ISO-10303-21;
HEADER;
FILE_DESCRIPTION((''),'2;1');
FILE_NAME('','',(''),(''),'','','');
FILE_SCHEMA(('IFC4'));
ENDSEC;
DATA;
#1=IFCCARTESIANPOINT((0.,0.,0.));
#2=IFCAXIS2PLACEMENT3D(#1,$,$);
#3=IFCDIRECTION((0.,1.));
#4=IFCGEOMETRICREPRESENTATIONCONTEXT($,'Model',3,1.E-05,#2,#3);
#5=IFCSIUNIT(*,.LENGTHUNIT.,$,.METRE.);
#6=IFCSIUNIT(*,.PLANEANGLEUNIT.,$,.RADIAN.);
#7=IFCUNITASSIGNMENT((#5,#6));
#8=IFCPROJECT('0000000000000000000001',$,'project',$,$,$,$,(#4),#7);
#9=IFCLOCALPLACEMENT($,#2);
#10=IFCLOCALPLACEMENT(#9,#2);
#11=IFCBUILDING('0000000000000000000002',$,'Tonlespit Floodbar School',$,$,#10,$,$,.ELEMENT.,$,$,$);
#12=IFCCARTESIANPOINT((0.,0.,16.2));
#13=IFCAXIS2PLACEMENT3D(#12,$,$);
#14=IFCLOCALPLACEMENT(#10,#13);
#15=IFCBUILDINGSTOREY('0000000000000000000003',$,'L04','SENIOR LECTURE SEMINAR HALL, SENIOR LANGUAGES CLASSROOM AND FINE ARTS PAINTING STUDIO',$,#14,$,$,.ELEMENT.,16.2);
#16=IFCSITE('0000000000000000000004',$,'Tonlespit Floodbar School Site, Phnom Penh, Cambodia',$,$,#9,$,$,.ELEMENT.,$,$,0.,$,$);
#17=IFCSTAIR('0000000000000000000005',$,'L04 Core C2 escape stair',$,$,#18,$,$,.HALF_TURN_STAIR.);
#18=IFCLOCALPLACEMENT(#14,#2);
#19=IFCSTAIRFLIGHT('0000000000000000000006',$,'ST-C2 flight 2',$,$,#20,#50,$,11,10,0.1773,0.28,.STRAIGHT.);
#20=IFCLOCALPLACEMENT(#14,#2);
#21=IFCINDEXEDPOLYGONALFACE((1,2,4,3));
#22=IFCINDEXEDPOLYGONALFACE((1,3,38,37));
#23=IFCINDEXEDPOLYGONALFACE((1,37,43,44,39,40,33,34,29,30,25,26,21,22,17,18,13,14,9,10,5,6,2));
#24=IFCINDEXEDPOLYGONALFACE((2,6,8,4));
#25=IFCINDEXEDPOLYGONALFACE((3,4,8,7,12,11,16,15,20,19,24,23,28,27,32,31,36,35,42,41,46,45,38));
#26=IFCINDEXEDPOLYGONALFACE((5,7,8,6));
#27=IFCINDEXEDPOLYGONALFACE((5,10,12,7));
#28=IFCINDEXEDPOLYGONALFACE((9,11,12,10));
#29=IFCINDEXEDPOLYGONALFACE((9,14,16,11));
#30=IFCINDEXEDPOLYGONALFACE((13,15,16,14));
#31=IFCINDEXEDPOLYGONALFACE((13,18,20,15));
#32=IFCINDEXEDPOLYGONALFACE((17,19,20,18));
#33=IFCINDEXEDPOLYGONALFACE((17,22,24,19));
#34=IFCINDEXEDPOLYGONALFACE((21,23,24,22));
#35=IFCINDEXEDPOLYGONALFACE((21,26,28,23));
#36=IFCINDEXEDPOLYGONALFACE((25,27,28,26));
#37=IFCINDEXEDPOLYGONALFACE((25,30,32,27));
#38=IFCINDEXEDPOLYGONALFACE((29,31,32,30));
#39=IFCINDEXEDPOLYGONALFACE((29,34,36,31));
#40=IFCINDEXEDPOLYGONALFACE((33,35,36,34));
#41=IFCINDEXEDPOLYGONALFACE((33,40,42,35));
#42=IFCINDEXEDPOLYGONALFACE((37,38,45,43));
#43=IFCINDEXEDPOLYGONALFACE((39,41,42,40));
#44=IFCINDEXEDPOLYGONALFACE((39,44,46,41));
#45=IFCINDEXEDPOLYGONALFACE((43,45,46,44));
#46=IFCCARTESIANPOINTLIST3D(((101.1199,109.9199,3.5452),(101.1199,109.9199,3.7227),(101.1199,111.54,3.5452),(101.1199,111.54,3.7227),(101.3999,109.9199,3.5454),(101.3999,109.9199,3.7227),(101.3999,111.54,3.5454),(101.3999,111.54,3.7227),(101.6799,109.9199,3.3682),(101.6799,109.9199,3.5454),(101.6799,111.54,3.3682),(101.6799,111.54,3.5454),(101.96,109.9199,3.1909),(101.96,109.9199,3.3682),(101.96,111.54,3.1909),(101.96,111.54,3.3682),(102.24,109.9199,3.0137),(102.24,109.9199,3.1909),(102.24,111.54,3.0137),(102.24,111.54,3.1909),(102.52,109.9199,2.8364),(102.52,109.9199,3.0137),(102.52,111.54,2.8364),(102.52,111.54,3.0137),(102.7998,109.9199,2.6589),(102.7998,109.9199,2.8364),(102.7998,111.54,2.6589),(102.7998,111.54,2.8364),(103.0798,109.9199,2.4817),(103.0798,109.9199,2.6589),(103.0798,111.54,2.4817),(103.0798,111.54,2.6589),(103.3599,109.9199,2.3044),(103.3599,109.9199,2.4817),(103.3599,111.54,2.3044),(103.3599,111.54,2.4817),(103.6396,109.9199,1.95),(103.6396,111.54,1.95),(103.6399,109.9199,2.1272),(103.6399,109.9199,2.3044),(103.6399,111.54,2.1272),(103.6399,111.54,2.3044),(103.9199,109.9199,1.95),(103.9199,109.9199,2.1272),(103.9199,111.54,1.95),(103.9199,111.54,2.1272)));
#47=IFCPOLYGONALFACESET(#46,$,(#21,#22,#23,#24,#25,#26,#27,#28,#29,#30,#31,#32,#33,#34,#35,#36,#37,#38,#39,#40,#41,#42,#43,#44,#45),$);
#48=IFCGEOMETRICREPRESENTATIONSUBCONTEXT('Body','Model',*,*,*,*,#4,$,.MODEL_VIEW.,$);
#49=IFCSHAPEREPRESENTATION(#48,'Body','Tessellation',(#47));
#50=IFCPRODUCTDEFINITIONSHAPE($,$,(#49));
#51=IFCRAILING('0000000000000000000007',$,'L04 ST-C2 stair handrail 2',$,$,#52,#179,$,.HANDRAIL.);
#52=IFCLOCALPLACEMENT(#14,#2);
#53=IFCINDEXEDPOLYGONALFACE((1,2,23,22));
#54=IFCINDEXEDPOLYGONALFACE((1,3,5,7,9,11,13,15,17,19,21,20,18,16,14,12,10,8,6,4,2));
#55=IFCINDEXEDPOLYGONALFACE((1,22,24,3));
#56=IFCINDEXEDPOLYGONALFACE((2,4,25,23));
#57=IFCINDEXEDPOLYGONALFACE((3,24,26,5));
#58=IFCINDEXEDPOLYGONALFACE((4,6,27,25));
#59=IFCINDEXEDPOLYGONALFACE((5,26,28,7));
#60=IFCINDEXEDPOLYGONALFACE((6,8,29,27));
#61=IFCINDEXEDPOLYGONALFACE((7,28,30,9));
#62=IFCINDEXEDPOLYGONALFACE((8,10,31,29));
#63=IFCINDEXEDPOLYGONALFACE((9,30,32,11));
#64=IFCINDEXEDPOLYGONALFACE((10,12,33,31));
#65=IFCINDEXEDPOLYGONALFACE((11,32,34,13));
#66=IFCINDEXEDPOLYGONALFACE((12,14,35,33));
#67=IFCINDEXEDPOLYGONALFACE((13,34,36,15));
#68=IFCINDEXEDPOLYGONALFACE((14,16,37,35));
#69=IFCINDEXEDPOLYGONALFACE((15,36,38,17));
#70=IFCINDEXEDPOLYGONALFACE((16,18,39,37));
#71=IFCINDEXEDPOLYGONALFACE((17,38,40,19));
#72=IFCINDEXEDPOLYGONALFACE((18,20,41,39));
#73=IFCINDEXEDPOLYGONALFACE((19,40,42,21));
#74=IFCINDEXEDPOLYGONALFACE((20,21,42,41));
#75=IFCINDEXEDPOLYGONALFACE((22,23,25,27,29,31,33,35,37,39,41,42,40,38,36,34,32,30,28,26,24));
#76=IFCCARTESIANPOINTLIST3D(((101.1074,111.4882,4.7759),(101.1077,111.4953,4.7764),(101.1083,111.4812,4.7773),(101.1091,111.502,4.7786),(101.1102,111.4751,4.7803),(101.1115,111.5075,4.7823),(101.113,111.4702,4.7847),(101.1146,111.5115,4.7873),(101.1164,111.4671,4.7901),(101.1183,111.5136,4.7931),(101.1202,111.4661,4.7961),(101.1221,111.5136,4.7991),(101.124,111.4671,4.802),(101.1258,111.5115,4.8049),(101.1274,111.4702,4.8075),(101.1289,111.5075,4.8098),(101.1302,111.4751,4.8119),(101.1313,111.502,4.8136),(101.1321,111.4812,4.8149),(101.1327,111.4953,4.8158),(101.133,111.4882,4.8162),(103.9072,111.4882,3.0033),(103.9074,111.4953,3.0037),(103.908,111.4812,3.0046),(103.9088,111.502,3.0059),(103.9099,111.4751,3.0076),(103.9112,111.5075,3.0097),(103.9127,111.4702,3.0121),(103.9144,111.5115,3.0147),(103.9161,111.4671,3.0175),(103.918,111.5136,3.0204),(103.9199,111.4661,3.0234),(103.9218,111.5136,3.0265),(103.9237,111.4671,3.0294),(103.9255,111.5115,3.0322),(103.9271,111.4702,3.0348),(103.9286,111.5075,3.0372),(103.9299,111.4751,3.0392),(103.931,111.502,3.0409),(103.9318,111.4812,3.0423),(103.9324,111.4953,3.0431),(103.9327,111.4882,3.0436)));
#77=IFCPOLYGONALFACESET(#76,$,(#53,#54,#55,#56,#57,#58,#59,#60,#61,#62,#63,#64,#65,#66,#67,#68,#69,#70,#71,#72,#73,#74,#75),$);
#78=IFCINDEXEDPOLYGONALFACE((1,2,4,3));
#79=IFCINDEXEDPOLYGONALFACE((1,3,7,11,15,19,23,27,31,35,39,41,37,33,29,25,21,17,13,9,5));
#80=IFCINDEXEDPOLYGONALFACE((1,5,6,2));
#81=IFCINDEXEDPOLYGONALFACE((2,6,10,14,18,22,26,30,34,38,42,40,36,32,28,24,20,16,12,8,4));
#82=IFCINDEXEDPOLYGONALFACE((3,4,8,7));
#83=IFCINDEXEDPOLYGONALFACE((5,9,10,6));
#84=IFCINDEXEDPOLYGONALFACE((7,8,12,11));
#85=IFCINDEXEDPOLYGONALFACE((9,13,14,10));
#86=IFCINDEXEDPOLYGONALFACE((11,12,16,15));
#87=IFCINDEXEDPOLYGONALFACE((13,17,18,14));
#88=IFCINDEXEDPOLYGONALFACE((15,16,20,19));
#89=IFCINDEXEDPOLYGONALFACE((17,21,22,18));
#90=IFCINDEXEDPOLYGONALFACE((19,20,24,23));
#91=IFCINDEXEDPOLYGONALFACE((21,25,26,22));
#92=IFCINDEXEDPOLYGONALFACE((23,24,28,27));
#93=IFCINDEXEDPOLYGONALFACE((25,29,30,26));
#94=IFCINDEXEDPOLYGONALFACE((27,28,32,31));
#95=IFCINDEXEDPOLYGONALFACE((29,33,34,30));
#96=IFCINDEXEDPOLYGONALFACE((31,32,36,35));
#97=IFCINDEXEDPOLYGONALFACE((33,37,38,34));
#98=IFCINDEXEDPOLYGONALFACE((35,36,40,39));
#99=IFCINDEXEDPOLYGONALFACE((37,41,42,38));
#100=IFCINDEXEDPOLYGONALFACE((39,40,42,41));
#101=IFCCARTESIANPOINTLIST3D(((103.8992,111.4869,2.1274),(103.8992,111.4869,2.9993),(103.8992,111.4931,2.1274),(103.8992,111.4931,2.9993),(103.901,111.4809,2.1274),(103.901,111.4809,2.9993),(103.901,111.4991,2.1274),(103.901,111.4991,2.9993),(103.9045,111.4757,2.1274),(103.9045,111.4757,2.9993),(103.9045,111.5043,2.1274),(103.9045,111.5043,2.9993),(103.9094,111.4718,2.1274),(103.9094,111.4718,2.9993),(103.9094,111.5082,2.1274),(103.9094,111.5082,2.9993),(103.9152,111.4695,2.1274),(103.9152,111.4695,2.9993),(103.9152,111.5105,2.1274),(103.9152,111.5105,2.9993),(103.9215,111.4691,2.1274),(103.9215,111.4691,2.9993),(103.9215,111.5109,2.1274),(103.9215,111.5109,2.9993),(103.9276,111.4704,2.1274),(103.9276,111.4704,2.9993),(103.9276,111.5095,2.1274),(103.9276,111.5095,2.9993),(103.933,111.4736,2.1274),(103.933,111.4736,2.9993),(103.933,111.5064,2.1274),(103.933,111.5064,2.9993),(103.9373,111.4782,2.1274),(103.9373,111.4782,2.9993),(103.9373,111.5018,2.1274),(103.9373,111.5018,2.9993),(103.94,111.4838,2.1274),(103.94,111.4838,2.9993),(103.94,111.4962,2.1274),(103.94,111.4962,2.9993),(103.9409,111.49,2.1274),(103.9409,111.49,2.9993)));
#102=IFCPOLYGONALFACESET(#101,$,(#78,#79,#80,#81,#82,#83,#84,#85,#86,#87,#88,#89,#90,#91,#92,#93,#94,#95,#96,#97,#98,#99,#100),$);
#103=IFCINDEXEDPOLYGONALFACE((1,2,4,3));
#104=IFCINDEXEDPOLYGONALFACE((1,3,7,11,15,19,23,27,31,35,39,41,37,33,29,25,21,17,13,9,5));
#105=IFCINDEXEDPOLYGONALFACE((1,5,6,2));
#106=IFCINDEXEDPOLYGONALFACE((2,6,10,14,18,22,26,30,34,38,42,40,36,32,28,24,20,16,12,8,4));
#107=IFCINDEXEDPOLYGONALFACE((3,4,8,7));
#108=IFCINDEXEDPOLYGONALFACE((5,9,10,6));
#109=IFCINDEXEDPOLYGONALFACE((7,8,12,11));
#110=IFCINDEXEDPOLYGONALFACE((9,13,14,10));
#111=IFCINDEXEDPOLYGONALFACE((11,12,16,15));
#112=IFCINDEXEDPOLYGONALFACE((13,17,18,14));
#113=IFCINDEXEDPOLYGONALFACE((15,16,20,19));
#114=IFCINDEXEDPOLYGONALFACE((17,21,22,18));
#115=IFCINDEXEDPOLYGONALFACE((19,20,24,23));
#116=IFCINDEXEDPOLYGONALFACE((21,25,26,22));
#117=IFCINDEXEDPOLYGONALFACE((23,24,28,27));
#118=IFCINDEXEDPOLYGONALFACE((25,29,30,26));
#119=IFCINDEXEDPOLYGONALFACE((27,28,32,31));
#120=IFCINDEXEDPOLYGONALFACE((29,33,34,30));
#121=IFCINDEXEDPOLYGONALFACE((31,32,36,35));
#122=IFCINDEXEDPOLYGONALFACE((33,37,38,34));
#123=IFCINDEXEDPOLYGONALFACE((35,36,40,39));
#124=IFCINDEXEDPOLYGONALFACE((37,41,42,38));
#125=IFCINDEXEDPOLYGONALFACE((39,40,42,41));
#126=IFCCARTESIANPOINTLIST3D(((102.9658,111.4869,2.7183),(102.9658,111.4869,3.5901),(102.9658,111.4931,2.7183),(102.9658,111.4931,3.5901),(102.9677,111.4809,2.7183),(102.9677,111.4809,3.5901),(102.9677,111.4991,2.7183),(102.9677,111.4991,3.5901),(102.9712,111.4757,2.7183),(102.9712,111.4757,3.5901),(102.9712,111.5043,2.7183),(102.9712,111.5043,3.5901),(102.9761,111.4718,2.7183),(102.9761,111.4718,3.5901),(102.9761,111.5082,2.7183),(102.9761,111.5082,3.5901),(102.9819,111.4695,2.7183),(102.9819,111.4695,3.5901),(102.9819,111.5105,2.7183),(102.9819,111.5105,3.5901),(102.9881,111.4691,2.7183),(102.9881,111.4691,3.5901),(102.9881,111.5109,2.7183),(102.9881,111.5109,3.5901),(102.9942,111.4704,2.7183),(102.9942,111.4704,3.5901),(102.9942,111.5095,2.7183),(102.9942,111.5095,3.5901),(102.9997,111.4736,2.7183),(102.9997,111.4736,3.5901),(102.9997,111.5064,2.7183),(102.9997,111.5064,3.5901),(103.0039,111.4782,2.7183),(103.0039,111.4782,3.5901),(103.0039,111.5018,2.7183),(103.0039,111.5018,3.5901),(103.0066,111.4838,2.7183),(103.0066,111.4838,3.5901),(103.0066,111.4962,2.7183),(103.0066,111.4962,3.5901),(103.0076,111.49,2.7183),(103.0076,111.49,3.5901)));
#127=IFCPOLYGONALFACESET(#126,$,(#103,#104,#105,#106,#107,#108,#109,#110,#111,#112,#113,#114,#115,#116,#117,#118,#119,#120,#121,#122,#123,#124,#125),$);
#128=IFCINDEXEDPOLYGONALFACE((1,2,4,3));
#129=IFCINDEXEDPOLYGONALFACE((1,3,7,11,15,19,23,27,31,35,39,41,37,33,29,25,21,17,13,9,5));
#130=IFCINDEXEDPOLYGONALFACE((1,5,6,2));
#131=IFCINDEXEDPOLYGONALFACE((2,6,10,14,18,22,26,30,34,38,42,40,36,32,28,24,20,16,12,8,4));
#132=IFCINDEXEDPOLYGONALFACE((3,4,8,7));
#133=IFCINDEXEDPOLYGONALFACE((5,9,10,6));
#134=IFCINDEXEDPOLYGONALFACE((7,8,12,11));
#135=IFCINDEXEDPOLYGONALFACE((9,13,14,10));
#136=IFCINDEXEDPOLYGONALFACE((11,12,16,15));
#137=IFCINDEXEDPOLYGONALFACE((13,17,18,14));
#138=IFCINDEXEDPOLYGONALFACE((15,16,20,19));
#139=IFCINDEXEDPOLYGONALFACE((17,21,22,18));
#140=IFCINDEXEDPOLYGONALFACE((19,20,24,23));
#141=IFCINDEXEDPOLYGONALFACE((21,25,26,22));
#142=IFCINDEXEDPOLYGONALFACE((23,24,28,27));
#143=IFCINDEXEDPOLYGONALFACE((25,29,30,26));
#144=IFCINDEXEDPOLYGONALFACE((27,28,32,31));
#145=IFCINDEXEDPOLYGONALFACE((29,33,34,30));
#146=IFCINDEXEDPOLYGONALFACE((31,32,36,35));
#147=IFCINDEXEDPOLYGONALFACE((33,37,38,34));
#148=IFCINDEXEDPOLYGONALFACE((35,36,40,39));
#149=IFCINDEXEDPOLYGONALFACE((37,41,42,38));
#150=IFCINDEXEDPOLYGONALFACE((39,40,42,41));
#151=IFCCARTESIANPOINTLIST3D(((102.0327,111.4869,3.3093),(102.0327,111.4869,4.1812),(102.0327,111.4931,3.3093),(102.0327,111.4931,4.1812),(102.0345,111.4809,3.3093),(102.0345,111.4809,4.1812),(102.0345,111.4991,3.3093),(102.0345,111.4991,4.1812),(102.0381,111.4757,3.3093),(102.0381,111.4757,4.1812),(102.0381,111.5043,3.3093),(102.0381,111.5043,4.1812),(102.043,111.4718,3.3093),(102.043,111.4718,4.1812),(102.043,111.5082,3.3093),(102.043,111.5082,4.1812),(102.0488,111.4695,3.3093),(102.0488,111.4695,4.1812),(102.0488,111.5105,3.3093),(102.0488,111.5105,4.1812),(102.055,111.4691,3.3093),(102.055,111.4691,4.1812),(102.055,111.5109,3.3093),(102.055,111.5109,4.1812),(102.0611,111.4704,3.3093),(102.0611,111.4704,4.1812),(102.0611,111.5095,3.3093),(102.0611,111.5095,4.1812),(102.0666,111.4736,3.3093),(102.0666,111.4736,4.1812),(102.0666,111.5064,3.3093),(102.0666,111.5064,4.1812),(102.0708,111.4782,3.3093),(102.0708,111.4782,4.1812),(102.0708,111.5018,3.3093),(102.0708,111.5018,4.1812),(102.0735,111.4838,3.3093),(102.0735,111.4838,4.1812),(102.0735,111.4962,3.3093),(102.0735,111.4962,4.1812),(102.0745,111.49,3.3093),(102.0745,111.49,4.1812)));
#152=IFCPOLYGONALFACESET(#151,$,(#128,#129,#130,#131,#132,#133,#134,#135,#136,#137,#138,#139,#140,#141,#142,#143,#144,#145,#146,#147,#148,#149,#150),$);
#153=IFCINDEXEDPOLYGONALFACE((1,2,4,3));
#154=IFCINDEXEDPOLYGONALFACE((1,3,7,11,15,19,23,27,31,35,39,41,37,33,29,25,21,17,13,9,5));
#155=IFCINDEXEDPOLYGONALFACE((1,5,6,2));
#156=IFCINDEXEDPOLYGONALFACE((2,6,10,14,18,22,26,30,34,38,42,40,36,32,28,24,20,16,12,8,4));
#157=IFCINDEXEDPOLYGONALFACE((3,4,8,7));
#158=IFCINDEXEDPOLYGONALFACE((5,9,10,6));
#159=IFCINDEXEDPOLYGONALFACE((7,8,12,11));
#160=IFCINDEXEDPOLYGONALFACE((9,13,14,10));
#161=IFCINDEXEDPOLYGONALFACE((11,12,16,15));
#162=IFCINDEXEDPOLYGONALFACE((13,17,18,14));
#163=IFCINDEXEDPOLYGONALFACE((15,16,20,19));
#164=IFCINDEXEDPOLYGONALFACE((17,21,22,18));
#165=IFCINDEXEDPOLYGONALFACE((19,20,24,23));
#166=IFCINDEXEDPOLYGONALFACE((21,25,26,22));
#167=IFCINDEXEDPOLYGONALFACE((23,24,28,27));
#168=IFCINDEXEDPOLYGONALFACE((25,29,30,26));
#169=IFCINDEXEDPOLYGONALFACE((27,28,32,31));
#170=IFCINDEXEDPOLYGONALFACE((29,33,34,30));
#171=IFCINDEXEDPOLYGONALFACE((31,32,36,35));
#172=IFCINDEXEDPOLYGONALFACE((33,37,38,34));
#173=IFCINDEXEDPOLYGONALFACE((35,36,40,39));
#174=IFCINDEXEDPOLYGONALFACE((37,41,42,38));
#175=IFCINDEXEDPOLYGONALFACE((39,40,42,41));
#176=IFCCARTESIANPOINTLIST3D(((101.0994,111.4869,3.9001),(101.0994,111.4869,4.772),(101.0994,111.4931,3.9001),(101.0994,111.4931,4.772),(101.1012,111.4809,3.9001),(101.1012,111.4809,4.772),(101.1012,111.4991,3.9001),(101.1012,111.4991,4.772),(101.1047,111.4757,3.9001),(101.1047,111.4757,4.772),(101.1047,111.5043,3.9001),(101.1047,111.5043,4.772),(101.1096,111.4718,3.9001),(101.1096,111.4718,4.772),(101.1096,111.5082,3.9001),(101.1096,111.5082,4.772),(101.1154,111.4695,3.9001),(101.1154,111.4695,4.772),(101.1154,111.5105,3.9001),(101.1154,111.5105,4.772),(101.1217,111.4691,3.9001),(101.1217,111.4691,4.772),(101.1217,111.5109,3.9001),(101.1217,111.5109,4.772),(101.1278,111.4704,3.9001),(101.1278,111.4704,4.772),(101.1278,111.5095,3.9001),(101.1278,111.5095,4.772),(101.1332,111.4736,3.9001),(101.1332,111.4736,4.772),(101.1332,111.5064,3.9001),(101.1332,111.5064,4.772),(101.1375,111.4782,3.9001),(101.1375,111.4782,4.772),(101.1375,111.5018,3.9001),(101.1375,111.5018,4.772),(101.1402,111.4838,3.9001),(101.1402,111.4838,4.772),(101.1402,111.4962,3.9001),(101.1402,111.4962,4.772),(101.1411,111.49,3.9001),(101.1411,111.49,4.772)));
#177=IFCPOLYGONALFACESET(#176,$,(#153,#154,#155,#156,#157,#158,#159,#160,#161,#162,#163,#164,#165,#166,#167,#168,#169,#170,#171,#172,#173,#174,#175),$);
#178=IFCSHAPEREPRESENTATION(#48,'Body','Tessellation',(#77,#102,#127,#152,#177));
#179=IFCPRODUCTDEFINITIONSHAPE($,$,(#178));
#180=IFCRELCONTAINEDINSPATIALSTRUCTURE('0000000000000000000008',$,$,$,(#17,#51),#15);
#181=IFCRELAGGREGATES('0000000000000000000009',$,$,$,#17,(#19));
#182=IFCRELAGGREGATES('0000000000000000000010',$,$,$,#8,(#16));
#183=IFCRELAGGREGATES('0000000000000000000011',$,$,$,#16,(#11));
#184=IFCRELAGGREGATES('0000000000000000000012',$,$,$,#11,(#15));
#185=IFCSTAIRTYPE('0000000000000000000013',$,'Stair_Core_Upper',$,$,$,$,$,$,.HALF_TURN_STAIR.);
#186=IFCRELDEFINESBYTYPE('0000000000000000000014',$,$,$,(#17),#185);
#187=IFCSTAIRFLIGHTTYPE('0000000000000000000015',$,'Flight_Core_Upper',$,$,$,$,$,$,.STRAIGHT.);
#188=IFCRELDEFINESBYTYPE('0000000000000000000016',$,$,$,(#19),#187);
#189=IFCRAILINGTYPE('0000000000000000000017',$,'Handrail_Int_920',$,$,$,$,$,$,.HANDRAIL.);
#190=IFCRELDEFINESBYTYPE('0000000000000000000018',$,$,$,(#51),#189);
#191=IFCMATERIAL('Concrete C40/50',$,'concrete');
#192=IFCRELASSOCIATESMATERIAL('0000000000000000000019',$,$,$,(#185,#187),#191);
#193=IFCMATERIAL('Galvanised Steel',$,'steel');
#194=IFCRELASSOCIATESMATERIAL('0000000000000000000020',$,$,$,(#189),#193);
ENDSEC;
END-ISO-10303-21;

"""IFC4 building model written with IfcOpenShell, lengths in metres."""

from ifc_helpers import new_model, si_unit, direction, frame, origin, origin_2d, place, context, subcontext, project, spatial, polyline, circle, outline, extrude, material, type_object, element, aggregate, save


model = new_model("IFC4")

# Units and contexts
model_context = context("Model", 3, precision=1e-05, world=origin(), true_north=direction((0.0, 1.0)))
body_context = subcontext(model_context, "Body", "Model", "MODEL_VIEW")
ifc_project = project(units=[si_unit("LENGTHUNIT", "METRE"), si_unit("PLANEANGLEUNIT", "RADIAN")], contexts=[model_context])

# Site, building, storey
site_placement = place(None, origin())
site = spatial("IfcSite", under=ifc_project, at=site_placement, Name="Tonlespit Floodbar School Site, Phnom Penh, Cambodia", CompositionType="ELEMENT", RefElevation=0.0)
building_placement = place(site_placement, origin())
building = spatial("IfcBuilding", under=site, at=building_placement, Name="Tonlespit Floodbar School", CompositionType="ELEMENT")
storey_placement = place(building_placement, frame((0.0, 0.0, 16.2)))
storey = spatial("IfcBuildingStorey", under=building, at=storey_placement, Name="L04", Description="SENIOR LECTURE SEMINAR HALL, SENIOR LANGUAGES CLASSROOM AND FINE ARTS PAINTING STUDIO", CompositionType="ELEMENT", Elevation=16.2)

# Shared definitions
ifc_material_1 = material(Name="Concrete C40/50", Category="concrete")

# Stair, stair flight
stair_type = type_object("IfcStairType", Name="Stair_Core_Upper", PredefinedType="HALF_TURN_STAIR", material=ifc_material_1)
stair_placement = place(storey_placement, origin())
stair = element("IfcStair", 1, at=stair_placement, inside=storey, type_object=stair_type, Name="L04 Core C2 escape stair", PredefinedType="HALF_TURN_STAIR")
stair_flight_type = type_object("IfcStairFlightType", Name="Flight_Core_Upper", PredefinedType="STRAIGHT", material=ifc_material_1)
stair_flight_placement = place(storey_placement, frame((103.9199, 110.73, 1.95), z_axis=(0.0, 0.0, 1.0), x_axis=(-1.0, 0.0, 0.0)))
stair_flight = element("IfcStairFlight", 2, at=stair_flight_placement, type_object=stair_flight_type, Name="ST-C2 flight 2", NumberOfRisers=11, NumberOfTreads=10, PredefinedType="STRAIGHT", RiserHeight=0.1773, TreadLength=0.28, context=body_context, shape_type="SweptSolid", body=[
    extrude(outline(polyline([(0.0, 0.0), (0.0, 0.1772), (0.28, 0.1772), (0.28, 0.3545), (0.5601, 0.3545), (0.5601, 0.5317), (0.8401, 0.5317), (0.8401, 0.709), (1.1201, 0.709), (1.1201, 0.8865), (1.3999, 0.8865), (1.3999, 1.0637), (1.6799, 1.0637), (1.6799, 1.241), (1.96, 1.241), (1.96, 1.4182), (2.24, 1.4182), (2.24, 1.5955), (2.52, 1.5955), (2.52, 1.7727), (2.8, 1.7727), (2.8, 1.95), (2.8, 1.5952), (0.2803, 0.0), (0.0, 0.0)])), frame((0.0, 0.8101, 0.0), z_axis=(0.0, -1.0, 0.0), x_axis=(1.0, 0.0, 0.0)), (0.0, 0.0, 1.0), 1.6201),
])
aggregate(stair, [stair_flight])

# Railing
ifc_material_2 = material(Name="Galvanised Steel", Category="steel")
railing_type = type_object("IfcRailingType", Name="Handrail_Int_920", PredefinedType="HANDRAIL", material=ifc_material_2)
railing_placement = place(storey_placement, frame((103.9199, 111.49, 2.1274)))
element("IfcRailing", 3, at=railing_placement, inside=storey, type_object=railing_type, Name="L04 ST-C2 stair handrail 2", PredefinedType="HANDRAIL", context=body_context, shape_type="SweptSolid", body=[
    extrude(circle(Radius=0.0239, at=origin_2d()), frame((0.0, 0.0, 0.896), z_axis=(-0.844888, 0.0, 0.534943), x_axis=(0.0, -1.0, 0.0)), (0.0, 0.0, 1.0), 3.3137),
    extrude(circle(Radius=0.021, at=origin_2d()), origin(), (0.0, 0.0, 1.0), 0.8718),
    extrude(circle(Radius=0.021, at=origin_2d()), frame((-0.9333, 0.0, 0.5908)), (0.0, 0.0, 1.0), 0.8718),
    extrude(circle(Radius=0.021, at=origin_2d()), frame((-1.8665, 0.0, 1.1819)), (0.0, 0.0, 1.0), 0.8718),
    extrude(circle(Radius=0.021, at=origin_2d()), frame((-2.7998, 0.0, 1.7727)), (0.0, 0.0, 1.0), 0.8718),
])

save(model, "model.ifc")
